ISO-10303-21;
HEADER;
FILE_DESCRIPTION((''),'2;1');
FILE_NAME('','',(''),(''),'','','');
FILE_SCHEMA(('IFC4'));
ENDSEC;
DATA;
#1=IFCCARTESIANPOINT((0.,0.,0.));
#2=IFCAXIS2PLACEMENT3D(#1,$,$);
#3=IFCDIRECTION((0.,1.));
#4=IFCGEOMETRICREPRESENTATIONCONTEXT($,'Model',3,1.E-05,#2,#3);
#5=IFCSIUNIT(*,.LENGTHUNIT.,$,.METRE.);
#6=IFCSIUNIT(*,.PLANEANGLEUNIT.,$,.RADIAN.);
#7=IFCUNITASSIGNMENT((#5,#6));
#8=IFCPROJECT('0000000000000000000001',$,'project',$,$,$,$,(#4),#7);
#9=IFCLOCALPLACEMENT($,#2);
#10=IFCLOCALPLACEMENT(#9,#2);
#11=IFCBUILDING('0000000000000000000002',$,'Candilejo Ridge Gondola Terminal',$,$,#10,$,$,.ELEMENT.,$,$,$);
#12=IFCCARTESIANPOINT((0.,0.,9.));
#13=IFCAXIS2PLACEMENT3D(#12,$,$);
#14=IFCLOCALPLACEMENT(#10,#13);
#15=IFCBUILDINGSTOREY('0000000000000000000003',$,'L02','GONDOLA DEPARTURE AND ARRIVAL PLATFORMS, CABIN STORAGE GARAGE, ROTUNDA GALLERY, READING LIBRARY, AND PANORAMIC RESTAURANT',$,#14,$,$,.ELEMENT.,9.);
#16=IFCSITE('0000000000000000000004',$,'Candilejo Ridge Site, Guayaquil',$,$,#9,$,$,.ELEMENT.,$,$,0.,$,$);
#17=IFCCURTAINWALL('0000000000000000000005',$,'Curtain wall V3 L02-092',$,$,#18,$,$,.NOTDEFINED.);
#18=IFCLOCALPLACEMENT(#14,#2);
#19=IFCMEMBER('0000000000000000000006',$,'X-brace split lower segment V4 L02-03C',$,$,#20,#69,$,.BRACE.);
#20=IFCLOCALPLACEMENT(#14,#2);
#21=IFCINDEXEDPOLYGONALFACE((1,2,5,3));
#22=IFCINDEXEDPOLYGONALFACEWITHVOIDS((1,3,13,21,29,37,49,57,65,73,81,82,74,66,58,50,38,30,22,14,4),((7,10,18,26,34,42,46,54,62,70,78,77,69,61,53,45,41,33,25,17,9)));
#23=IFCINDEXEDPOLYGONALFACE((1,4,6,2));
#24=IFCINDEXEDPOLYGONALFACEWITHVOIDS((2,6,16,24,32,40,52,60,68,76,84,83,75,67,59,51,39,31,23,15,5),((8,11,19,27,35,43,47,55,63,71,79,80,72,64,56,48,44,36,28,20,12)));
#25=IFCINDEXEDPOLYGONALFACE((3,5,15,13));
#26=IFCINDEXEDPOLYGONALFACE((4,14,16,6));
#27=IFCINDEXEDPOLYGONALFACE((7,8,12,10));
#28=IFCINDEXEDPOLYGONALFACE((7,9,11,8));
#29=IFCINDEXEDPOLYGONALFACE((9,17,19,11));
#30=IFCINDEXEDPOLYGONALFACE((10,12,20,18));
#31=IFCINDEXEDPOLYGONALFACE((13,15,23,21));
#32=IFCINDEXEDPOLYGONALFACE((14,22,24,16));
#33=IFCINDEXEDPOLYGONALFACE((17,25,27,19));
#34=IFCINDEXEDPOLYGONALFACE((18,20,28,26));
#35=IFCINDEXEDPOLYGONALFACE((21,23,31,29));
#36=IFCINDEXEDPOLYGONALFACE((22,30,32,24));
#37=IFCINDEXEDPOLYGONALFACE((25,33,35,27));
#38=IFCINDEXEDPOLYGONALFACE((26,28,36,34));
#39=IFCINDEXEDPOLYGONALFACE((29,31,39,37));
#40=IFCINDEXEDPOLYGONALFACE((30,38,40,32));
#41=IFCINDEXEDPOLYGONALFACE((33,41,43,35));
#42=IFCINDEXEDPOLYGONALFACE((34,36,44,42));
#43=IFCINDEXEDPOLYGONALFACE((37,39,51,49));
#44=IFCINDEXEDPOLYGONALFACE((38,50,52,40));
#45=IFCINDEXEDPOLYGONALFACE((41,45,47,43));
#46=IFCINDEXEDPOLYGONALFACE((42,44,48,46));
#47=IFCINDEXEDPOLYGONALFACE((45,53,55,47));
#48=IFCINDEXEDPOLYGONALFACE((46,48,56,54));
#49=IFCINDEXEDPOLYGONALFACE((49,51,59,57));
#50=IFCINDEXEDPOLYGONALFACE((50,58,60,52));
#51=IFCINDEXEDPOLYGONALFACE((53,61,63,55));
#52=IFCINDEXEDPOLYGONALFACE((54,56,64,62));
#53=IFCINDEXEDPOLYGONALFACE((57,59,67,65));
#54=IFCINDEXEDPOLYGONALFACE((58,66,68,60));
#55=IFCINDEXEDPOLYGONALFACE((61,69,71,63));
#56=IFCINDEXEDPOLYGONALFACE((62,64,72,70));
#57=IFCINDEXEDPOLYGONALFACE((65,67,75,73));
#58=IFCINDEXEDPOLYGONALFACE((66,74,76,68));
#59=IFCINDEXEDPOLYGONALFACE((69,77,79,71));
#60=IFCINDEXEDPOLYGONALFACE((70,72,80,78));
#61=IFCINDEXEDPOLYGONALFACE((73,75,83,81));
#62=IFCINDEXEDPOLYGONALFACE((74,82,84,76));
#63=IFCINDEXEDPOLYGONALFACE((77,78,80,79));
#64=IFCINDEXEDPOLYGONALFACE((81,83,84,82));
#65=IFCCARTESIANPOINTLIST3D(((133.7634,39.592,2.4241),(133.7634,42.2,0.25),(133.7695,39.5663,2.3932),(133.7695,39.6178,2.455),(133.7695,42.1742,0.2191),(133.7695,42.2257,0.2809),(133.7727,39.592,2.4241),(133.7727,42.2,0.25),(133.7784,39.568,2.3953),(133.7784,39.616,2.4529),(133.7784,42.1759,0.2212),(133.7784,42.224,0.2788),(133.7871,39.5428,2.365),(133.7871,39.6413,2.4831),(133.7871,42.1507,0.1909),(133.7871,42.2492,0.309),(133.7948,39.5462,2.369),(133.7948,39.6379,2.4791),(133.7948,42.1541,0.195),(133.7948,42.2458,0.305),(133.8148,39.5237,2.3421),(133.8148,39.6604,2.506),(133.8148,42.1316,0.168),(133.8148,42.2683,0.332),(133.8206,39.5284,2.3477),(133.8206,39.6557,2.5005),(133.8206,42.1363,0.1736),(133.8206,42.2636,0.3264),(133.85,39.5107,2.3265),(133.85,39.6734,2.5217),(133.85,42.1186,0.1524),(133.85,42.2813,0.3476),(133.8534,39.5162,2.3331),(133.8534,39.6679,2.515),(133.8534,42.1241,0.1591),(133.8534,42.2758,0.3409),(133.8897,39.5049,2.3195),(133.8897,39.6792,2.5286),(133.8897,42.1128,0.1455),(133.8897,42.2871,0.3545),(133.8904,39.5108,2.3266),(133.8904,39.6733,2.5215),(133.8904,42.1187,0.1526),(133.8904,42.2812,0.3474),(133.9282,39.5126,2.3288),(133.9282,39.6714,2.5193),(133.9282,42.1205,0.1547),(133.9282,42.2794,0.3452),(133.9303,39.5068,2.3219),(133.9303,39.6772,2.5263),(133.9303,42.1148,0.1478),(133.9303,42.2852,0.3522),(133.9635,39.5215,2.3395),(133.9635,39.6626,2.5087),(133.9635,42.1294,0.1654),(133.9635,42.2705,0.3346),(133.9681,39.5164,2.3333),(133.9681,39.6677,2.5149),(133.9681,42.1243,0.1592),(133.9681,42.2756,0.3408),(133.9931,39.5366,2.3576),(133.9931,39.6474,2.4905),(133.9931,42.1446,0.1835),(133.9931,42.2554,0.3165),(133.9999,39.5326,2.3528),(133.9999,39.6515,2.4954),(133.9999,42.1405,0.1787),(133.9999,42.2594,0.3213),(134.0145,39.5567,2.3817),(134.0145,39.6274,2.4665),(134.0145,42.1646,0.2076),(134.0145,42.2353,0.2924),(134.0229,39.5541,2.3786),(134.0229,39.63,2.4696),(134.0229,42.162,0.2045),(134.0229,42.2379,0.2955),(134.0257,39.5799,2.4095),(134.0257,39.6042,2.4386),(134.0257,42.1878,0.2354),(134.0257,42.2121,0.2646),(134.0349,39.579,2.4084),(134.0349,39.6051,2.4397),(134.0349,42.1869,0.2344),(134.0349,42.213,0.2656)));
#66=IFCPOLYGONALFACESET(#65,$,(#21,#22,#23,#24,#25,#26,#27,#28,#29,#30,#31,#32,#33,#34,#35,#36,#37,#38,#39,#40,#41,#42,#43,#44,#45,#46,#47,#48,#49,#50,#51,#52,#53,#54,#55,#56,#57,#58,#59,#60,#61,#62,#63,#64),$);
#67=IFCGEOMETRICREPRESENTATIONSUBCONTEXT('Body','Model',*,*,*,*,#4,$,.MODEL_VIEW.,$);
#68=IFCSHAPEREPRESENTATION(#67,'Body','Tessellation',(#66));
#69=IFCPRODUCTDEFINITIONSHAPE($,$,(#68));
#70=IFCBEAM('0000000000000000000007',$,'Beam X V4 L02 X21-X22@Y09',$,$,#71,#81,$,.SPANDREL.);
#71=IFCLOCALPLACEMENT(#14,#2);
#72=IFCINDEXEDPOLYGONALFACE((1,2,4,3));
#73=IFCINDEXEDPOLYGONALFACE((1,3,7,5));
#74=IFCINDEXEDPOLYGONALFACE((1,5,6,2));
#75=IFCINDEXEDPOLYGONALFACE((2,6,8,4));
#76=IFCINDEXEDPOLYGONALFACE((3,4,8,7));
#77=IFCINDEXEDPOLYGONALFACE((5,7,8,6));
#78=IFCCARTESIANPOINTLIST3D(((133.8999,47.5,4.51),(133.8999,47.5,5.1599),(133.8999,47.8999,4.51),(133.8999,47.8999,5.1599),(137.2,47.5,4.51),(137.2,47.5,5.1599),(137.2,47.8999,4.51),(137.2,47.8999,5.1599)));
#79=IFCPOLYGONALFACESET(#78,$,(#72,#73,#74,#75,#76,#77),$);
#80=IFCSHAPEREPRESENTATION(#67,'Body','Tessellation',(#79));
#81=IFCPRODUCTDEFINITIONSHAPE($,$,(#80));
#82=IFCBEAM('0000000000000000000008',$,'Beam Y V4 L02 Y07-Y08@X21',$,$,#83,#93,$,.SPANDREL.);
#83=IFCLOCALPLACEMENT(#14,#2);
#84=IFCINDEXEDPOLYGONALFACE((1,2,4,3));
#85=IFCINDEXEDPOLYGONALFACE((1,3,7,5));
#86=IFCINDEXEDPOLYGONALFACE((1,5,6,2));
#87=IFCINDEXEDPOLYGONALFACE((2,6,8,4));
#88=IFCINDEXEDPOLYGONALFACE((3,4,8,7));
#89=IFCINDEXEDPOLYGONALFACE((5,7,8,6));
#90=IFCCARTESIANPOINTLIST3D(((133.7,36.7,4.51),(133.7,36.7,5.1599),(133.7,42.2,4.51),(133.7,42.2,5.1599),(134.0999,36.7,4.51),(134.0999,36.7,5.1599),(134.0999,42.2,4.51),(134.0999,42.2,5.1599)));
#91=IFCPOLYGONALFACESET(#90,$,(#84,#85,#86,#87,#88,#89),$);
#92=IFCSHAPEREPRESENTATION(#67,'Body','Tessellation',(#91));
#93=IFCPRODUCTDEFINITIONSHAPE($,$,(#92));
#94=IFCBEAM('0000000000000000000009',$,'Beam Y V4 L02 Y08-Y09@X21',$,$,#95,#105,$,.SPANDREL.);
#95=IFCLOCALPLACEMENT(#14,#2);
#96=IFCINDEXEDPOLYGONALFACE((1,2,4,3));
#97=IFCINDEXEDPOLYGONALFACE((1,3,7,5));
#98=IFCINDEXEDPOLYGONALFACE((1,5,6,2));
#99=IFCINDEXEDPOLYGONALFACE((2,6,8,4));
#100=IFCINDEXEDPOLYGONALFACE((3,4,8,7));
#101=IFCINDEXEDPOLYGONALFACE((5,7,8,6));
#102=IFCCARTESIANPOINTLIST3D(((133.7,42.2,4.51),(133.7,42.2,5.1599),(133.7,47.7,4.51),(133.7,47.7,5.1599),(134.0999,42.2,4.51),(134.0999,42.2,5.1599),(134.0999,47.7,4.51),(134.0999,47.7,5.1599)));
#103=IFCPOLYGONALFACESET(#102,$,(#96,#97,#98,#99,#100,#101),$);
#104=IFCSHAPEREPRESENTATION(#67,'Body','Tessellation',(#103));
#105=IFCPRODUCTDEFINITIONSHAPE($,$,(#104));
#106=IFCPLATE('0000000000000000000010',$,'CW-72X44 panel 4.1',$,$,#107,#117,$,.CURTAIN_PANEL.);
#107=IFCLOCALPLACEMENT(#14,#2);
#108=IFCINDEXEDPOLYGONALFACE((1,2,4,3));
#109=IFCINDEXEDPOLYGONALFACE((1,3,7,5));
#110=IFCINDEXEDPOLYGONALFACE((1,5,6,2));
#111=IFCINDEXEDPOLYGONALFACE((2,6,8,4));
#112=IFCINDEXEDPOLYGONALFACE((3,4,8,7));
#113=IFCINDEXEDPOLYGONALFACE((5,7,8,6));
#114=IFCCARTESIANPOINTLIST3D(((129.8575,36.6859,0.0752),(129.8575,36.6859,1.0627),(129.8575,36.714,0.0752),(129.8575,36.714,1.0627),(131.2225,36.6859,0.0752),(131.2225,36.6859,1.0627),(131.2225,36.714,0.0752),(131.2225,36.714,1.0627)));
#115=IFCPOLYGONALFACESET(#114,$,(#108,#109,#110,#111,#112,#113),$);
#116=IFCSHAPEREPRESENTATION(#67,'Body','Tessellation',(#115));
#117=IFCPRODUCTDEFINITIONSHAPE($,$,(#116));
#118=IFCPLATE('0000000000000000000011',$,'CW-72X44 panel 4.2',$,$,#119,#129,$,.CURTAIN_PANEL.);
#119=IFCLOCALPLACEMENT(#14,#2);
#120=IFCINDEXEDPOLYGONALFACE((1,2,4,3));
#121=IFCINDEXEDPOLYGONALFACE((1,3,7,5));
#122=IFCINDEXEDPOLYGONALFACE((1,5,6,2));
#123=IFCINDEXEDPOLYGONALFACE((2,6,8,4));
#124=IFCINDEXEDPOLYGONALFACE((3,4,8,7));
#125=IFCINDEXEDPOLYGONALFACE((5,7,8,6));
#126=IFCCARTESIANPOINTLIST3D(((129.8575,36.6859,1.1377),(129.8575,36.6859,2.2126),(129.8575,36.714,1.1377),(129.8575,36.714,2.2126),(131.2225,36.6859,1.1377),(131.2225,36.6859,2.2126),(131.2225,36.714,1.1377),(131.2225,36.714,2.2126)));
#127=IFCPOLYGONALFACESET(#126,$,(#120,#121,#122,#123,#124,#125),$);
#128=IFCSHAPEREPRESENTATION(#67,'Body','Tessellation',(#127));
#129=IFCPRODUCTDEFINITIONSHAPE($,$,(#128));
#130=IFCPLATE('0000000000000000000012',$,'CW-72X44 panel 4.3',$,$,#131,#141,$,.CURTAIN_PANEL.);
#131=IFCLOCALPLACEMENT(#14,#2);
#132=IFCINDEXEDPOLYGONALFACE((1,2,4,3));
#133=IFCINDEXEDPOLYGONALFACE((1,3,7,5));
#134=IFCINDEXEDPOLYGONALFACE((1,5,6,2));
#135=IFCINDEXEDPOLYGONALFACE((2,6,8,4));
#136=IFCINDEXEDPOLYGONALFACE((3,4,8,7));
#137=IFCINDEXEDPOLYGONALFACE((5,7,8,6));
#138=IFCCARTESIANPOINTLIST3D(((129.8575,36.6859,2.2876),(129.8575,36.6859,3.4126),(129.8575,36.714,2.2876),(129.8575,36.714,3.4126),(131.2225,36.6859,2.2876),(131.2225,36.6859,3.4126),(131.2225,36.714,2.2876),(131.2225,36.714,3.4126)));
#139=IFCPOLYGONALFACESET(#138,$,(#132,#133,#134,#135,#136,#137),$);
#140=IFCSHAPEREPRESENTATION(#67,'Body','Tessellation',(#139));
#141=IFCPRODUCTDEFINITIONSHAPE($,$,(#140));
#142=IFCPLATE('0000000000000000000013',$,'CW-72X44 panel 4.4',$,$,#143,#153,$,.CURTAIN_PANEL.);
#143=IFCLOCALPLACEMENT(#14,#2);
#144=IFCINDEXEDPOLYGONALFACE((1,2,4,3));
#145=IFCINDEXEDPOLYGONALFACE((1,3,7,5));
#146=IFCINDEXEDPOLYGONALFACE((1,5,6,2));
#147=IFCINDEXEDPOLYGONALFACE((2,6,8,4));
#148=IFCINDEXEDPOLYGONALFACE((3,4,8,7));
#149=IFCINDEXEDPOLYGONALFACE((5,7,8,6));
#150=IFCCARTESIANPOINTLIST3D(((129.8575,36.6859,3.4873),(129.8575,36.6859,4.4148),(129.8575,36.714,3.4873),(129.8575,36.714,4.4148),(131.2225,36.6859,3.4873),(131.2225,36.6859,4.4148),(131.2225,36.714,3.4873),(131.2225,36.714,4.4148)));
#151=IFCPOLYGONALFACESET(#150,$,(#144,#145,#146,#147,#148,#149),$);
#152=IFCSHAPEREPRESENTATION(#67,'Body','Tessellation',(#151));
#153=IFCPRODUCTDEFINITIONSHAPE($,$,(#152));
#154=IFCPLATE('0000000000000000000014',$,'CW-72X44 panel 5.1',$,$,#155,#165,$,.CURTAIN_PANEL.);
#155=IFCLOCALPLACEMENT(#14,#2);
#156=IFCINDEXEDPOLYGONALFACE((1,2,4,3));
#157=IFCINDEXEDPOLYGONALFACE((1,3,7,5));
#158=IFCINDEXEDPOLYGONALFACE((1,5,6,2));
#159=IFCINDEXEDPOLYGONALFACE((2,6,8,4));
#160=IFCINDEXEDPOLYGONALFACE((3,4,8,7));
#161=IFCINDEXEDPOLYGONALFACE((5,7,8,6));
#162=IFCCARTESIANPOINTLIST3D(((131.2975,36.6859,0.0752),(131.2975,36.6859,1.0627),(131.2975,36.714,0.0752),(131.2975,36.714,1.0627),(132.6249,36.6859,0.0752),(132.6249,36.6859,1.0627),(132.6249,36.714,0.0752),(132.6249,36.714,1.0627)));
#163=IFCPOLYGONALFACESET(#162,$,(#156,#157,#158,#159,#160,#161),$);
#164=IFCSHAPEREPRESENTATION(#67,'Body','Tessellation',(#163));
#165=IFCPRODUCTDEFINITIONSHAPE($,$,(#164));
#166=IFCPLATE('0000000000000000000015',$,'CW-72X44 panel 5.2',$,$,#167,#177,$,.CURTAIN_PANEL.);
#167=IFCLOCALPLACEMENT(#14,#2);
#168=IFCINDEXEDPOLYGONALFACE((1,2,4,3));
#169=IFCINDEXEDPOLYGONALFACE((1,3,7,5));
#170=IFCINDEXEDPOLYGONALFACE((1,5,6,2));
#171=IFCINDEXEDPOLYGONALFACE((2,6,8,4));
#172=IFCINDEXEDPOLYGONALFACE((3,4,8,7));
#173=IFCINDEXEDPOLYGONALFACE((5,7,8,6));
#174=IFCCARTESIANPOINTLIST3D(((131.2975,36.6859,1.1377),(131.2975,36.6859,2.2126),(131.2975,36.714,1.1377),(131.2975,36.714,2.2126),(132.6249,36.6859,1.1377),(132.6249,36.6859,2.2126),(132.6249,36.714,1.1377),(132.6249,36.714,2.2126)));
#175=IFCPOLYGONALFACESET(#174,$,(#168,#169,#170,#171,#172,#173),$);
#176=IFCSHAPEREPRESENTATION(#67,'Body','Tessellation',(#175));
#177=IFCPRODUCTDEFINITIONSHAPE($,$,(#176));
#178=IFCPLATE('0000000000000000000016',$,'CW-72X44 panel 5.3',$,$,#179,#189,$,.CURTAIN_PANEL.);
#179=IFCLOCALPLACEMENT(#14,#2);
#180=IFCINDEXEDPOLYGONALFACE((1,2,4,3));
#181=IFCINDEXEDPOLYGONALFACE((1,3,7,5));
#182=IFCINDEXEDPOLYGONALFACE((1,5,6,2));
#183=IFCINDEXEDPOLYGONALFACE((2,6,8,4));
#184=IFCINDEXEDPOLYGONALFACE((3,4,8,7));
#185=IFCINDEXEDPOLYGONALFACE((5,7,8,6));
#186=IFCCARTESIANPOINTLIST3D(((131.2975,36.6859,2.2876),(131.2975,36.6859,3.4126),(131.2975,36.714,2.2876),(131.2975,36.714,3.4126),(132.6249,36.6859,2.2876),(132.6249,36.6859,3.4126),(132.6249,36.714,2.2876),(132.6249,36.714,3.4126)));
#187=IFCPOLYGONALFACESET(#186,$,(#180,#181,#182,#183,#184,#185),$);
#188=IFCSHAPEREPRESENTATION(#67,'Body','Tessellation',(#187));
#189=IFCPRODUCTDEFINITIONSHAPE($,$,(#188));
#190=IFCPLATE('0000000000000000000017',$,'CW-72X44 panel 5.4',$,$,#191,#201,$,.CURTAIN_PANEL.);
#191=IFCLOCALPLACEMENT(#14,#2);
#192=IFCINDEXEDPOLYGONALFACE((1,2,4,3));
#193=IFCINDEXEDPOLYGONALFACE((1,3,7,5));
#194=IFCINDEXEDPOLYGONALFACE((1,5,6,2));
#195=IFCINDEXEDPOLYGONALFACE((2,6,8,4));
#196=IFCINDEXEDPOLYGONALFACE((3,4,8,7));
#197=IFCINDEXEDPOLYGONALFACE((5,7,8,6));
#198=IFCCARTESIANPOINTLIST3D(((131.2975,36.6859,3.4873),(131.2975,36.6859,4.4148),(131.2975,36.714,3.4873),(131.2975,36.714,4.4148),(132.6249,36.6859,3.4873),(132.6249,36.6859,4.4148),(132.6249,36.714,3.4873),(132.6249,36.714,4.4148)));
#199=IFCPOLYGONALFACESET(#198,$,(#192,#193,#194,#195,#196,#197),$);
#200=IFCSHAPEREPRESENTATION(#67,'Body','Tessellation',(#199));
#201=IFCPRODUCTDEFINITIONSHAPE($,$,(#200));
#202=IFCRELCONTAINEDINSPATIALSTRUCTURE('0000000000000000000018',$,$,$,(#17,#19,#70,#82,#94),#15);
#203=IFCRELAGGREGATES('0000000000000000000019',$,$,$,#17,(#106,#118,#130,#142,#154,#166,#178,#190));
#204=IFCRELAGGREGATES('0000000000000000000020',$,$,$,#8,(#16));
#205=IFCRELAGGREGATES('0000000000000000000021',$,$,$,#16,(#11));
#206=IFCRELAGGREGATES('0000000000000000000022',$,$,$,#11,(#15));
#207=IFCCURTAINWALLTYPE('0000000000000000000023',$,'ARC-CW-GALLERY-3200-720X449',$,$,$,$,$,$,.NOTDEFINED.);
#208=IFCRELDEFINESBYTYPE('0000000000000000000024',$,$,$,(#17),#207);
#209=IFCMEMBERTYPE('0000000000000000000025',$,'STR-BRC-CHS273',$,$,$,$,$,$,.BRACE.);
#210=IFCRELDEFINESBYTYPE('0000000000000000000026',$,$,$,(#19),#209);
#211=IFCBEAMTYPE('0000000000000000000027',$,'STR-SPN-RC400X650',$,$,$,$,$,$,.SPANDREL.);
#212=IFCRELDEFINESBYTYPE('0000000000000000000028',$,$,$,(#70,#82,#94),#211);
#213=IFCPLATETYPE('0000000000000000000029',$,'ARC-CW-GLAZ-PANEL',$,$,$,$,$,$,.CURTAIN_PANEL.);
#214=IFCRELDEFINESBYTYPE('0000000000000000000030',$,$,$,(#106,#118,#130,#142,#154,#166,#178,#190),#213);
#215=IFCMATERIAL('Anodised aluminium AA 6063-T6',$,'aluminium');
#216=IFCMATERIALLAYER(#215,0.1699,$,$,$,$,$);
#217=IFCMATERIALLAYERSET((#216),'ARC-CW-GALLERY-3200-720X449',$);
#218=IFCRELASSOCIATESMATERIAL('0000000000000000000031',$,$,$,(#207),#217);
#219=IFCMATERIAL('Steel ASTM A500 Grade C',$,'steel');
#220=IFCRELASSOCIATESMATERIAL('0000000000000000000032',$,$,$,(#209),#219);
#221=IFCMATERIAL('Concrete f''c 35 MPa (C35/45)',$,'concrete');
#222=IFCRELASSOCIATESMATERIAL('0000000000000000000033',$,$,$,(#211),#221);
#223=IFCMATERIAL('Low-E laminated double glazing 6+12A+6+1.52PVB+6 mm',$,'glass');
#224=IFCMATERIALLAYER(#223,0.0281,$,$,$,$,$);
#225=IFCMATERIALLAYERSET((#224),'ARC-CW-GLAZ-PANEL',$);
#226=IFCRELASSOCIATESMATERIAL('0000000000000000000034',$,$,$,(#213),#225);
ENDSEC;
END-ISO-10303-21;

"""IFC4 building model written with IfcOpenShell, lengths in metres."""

from ifc_helpers import new_model, si_unit, direction, frame, origin, origin_2d, place, context, subcontext, project, spatial, rectangle, hollow_circle, extrude, material, layer, layer_set, material_profile, profile_set, type_object, element, aggregate, save


model = new_model("IFC4")

# Units and contexts
model_context = context("Model", 3, precision=1e-05, world=origin(), true_north=direction((0.0, 1.0)))
body_context = subcontext(model_context, "Body", "Model", "MODEL_VIEW")
ifc_project = project(units=[si_unit("LENGTHUNIT", "METRE"), si_unit("PLANEANGLEUNIT", "RADIAN")], contexts=[model_context])

# Site, building, storey
site_placement = place(None, origin())
site = spatial("IfcSite", under=ifc_project, at=site_placement, Name="Candilejo Ridge Site, Guayaquil", CompositionType="ELEMENT", RefElevation=0.0)
building_placement = place(site_placement, origin())
building = spatial("IfcBuilding", under=site, at=building_placement, Name="Candilejo Ridge Gondola Terminal", CompositionType="ELEMENT")
storey_placement = place(building_placement, frame((0.0, 0.0, 9.0)))
storey = spatial("IfcBuildingStorey", under=building, at=storey_placement, Name="L02", Description="GONDOLA DEPARTURE AND ARRIVAL PLATFORMS, CABIN STORAGE GARAGE, ROTUNDA GALLERY, READING LIBRARY, AND PANORAMIC RESTAURANT", CompositionType="ELEMENT", Elevation=9.0)

# Curtain wall
ifc_material_1 = material(Name="Anodised aluminium AA 6063-T6", Category="aluminium")
ifc_layer_1 = layer(ifc_material_1, 0.1699)
ifc_layer_set_1 = layer_set([ifc_layer_1], Name="ARC-CW-GALLERY-3200-720X449")
curtain_wall_type = type_object("IfcCurtainWallType", Name="ARC-CW-GALLERY-3200-720X449", PredefinedType="NOTDEFINED", material=ifc_layer_set_1)
curtain_wall_placement = place(storey_placement, origin())
curtain_wall = element("IfcCurtainWall", 1, at=curtain_wall_placement, inside=storey, type_object=curtain_wall_type, Name="Curtain wall V3 L02-092", PredefinedType="NOTDEFINED")

# Member
ifc_material_2 = material(Name="Steel ASTM A500 Grade C", Category="steel")
ifc_material_profile_1 = material_profile(ifc_material_2, hollow_circle(Radius=0.1365, WallThickness=0.0093, at=origin_2d()))
ifc_profile_set_1 = profile_set([ifc_material_profile_1], Name="Steel ASTM A500 Grade C")
member_type_1 = type_object("IfcMemberType", Name="STR-BRC-CHS273", PredefinedType="BRACE", material=ifc_profile_set_1)
for number, where, z_axis, x_axis, name in (
    (2, (133.8999, 39.592, 2.4241), (0.0, 0.768103, -0.640326), (-1.0, 0.0, 0.0), "X-brace split lower segment V4 L02-03C"),
):
    element("IfcMember", number, at=place(storey_placement, frame(where, z_axis=z_axis, x_axis=x_axis)), inside=storey, type_object=member_type_1, Name=name, PredefinedType="BRACE", context=body_context, shape_type="SweptSolid", body=[
        extrude(hollow_circle(Radius=0.1365, WallThickness=0.0093, at=origin_2d()), origin(), (0.0, 0.0, 1.0), 3.3953),
    ])

# Beams
ifc_material_3 = material(Name="Concrete f'c 35 MPa (C35/45)", Category="concrete")
ifc_material_profile_2 = material_profile(ifc_material_3, rectangle(XDim=0.3999, YDim=0.6499, at=origin_2d()))
ifc_profile_set_2 = profile_set([ifc_material_profile_2], Name="Concrete f'c 35 MPa (C35/45)")
beam_type_1 = type_object("IfcBeamType", Name="STR-SPN-RC400X650", PredefinedType="SPANDREL", material=ifc_profile_set_2)
beam_placement = place(storey_placement, frame((133.8999, 47.7, 4.835), z_axis=(1.0, 0.0, 0.0), x_axis=(0.0, 1.0, 0.0)))
element("IfcBeam", 3, at=beam_placement, inside=storey, type_object=beam_type_1, Name="Beam X V4 L02 X21-X22@Y09", PredefinedType="SPANDREL", context=body_context, shape_type="SweptSolid", body=[
    extrude(rectangle(XDim=0.3999, YDim=0.6499, at=origin_2d()), origin(), (0.0, 0.0, 1.0), 3.3),
])
for number, where, z_axis, x_axis, name in (
    (4, (133.8999, 36.7, 4.835), (0.0, 1.0, 0.0), (-1.0, 0.0, 0.0), "Beam Y V4 L02 Y07-Y08@X21"),
    (5, (133.8999, 42.2, 4.835), (0.0, 1.0, 0.0), (-1.0, 0.0, 0.0), "Beam Y V4 L02 Y08-Y09@X21"),
):
    element("IfcBeam", number, at=place(storey_placement, frame(where, z_axis=z_axis, x_axis=x_axis)), inside=storey, type_object=beam_type_1, Name=name, PredefinedType="SPANDREL", context=body_context, shape_type="SweptSolid", body=[
        extrude(rectangle(XDim=0.3999, YDim=0.6499, at=origin_2d()), origin(), (0.0, 0.0, 1.0), 5.5),
    ])

# Plates
ifc_material_4 = material(Name="Low-E laminated double glazing 6+12A+6+1.52PVB+6 mm", Category="glass")
ifc_layer_2 = layer(ifc_material_4, 0.0281)
ifc_layer_set_2 = layer_set([ifc_layer_2], Name="ARC-CW-GLAZ-PANEL")
plate_type_1 = type_object("IfcPlateType", Name="ARC-CW-GLAZ-PANEL", PredefinedType="CURTAIN_PANEL", material=ifc_layer_set_2)
plate_1_placement = place(storey_placement, frame((130.54, 36.7, 0.0752), z_axis=(0.0, 0.0, 1.0), x_axis=(1.0, 0.0, 0.0)))
plate_1 = element("IfcPlate", 6, at=plate_1_placement, type_object=plate_type_1, Name="CW-72X44 panel 4.1", PredefinedType="CURTAIN_PANEL", context=body_context, shape_type="SweptSolid", body=[
    extrude(rectangle(XDim=1.365, YDim=0.0281, at=origin_2d()), origin(), (0.0, 0.0, 1.0), 0.9875),
])
plate_2_placement = place(storey_placement, frame((130.54, 36.7, 1.1377), z_axis=(0.0, 0.0, 1.0), x_axis=(1.0, 0.0, 0.0)))
plate_2 = element("IfcPlate", 7, at=plate_2_placement, type_object=plate_type_1, Name="CW-72X44 panel 4.2", PredefinedType="CURTAIN_PANEL", context=body_context, shape_type="SweptSolid", body=[
    extrude(rectangle(XDim=1.365, YDim=0.0281, at=origin_2d()), origin(), (0.0, 0.0, 1.0), 1.075),
])
plate_3_placement = place(storey_placement, frame((130.54, 36.7, 2.2876), z_axis=(0.0, 0.0, 1.0), x_axis=(1.0, 0.0, 0.0)))
plate_3 = element("IfcPlate", 8, at=plate_3_placement, type_object=plate_type_1, Name="CW-72X44 panel 4.3", PredefinedType="CURTAIN_PANEL", context=body_context, shape_type="SweptSolid", body=[
    extrude(rectangle(XDim=1.365, YDim=0.0281, at=origin_2d()), origin(), (0.0, 0.0, 1.0), 1.125),
])
plate_4_placement = place(storey_placement, frame((130.54, 36.7, 3.4873), z_axis=(0.0, 0.0, 1.0), x_axis=(1.0, 0.0, 0.0)))
plate_4 = element("IfcPlate", 9, at=plate_4_placement, type_object=plate_type_1, Name="CW-72X44 panel 4.4", PredefinedType="CURTAIN_PANEL", context=body_context, shape_type="SweptSolid", body=[
    extrude(rectangle(XDim=1.365, YDim=0.0281, at=origin_2d()), origin(), (0.0, 0.0, 1.0), 0.9275),
])
plate_5_placement = place(storey_placement, frame((131.9612, 36.7, 0.0752), z_axis=(0.0, 0.0, 1.0), x_axis=(1.0, 0.0, 0.0)))
plate_5 = element("IfcPlate", 10, at=plate_5_placement, type_object=plate_type_1, Name="CW-72X44 panel 5.1", PredefinedType="CURTAIN_PANEL", context=body_context, shape_type="SweptSolid", body=[
    extrude(rectangle(XDim=1.3274, YDim=0.0281, at=origin_2d()), origin(), (0.0, 0.0, 1.0), 0.9875),
])
plate_6_placement = place(storey_placement, frame((131.9612, 36.7, 1.1377), z_axis=(0.0, 0.0, 1.0), x_axis=(1.0, 0.0, 0.0)))
plate_6 = element("IfcPlate", 11, at=plate_6_placement, type_object=plate_type_1, Name="CW-72X44 panel 5.2", PredefinedType="CURTAIN_PANEL", context=body_context, shape_type="SweptSolid", body=[
    extrude(rectangle(XDim=1.3274, YDim=0.0281, at=origin_2d()), origin(), (0.0, 0.0, 1.0), 1.075),
])
plate_7_placement = place(storey_placement, frame((131.9612, 36.7, 2.2876), z_axis=(0.0, 0.0, 1.0), x_axis=(1.0, 0.0, 0.0)))
plate_7 = element("IfcPlate", 12, at=plate_7_placement, type_object=plate_type_1, Name="CW-72X44 panel 5.3", PredefinedType="CURTAIN_PANEL", context=body_context, shape_type="SweptSolid", body=[
    extrude(rectangle(XDim=1.3274, YDim=0.0281, at=origin_2d()), origin(), (0.0, 0.0, 1.0), 1.125),
])
plate_8_placement = place(storey_placement, frame((131.9612, 36.7, 3.4873), z_axis=(0.0, 0.0, 1.0), x_axis=(1.0, 0.0, 0.0)))
plate_8 = element("IfcPlate", 13, at=plate_8_placement, type_object=plate_type_1, Name="CW-72X44 panel 5.4", PredefinedType="CURTAIN_PANEL", context=body_context, shape_type="SweptSolid", body=[
    extrude(rectangle(XDim=1.3274, YDim=0.0281, at=origin_2d()), origin(), (0.0, 0.0, 1.0), 0.9275),
])
aggregate(curtain_wall, [plate_1, plate_2, plate_3, plate_4, plate_5, plate_6, plate_7, plate_8])

save(model, "model.ifc")
